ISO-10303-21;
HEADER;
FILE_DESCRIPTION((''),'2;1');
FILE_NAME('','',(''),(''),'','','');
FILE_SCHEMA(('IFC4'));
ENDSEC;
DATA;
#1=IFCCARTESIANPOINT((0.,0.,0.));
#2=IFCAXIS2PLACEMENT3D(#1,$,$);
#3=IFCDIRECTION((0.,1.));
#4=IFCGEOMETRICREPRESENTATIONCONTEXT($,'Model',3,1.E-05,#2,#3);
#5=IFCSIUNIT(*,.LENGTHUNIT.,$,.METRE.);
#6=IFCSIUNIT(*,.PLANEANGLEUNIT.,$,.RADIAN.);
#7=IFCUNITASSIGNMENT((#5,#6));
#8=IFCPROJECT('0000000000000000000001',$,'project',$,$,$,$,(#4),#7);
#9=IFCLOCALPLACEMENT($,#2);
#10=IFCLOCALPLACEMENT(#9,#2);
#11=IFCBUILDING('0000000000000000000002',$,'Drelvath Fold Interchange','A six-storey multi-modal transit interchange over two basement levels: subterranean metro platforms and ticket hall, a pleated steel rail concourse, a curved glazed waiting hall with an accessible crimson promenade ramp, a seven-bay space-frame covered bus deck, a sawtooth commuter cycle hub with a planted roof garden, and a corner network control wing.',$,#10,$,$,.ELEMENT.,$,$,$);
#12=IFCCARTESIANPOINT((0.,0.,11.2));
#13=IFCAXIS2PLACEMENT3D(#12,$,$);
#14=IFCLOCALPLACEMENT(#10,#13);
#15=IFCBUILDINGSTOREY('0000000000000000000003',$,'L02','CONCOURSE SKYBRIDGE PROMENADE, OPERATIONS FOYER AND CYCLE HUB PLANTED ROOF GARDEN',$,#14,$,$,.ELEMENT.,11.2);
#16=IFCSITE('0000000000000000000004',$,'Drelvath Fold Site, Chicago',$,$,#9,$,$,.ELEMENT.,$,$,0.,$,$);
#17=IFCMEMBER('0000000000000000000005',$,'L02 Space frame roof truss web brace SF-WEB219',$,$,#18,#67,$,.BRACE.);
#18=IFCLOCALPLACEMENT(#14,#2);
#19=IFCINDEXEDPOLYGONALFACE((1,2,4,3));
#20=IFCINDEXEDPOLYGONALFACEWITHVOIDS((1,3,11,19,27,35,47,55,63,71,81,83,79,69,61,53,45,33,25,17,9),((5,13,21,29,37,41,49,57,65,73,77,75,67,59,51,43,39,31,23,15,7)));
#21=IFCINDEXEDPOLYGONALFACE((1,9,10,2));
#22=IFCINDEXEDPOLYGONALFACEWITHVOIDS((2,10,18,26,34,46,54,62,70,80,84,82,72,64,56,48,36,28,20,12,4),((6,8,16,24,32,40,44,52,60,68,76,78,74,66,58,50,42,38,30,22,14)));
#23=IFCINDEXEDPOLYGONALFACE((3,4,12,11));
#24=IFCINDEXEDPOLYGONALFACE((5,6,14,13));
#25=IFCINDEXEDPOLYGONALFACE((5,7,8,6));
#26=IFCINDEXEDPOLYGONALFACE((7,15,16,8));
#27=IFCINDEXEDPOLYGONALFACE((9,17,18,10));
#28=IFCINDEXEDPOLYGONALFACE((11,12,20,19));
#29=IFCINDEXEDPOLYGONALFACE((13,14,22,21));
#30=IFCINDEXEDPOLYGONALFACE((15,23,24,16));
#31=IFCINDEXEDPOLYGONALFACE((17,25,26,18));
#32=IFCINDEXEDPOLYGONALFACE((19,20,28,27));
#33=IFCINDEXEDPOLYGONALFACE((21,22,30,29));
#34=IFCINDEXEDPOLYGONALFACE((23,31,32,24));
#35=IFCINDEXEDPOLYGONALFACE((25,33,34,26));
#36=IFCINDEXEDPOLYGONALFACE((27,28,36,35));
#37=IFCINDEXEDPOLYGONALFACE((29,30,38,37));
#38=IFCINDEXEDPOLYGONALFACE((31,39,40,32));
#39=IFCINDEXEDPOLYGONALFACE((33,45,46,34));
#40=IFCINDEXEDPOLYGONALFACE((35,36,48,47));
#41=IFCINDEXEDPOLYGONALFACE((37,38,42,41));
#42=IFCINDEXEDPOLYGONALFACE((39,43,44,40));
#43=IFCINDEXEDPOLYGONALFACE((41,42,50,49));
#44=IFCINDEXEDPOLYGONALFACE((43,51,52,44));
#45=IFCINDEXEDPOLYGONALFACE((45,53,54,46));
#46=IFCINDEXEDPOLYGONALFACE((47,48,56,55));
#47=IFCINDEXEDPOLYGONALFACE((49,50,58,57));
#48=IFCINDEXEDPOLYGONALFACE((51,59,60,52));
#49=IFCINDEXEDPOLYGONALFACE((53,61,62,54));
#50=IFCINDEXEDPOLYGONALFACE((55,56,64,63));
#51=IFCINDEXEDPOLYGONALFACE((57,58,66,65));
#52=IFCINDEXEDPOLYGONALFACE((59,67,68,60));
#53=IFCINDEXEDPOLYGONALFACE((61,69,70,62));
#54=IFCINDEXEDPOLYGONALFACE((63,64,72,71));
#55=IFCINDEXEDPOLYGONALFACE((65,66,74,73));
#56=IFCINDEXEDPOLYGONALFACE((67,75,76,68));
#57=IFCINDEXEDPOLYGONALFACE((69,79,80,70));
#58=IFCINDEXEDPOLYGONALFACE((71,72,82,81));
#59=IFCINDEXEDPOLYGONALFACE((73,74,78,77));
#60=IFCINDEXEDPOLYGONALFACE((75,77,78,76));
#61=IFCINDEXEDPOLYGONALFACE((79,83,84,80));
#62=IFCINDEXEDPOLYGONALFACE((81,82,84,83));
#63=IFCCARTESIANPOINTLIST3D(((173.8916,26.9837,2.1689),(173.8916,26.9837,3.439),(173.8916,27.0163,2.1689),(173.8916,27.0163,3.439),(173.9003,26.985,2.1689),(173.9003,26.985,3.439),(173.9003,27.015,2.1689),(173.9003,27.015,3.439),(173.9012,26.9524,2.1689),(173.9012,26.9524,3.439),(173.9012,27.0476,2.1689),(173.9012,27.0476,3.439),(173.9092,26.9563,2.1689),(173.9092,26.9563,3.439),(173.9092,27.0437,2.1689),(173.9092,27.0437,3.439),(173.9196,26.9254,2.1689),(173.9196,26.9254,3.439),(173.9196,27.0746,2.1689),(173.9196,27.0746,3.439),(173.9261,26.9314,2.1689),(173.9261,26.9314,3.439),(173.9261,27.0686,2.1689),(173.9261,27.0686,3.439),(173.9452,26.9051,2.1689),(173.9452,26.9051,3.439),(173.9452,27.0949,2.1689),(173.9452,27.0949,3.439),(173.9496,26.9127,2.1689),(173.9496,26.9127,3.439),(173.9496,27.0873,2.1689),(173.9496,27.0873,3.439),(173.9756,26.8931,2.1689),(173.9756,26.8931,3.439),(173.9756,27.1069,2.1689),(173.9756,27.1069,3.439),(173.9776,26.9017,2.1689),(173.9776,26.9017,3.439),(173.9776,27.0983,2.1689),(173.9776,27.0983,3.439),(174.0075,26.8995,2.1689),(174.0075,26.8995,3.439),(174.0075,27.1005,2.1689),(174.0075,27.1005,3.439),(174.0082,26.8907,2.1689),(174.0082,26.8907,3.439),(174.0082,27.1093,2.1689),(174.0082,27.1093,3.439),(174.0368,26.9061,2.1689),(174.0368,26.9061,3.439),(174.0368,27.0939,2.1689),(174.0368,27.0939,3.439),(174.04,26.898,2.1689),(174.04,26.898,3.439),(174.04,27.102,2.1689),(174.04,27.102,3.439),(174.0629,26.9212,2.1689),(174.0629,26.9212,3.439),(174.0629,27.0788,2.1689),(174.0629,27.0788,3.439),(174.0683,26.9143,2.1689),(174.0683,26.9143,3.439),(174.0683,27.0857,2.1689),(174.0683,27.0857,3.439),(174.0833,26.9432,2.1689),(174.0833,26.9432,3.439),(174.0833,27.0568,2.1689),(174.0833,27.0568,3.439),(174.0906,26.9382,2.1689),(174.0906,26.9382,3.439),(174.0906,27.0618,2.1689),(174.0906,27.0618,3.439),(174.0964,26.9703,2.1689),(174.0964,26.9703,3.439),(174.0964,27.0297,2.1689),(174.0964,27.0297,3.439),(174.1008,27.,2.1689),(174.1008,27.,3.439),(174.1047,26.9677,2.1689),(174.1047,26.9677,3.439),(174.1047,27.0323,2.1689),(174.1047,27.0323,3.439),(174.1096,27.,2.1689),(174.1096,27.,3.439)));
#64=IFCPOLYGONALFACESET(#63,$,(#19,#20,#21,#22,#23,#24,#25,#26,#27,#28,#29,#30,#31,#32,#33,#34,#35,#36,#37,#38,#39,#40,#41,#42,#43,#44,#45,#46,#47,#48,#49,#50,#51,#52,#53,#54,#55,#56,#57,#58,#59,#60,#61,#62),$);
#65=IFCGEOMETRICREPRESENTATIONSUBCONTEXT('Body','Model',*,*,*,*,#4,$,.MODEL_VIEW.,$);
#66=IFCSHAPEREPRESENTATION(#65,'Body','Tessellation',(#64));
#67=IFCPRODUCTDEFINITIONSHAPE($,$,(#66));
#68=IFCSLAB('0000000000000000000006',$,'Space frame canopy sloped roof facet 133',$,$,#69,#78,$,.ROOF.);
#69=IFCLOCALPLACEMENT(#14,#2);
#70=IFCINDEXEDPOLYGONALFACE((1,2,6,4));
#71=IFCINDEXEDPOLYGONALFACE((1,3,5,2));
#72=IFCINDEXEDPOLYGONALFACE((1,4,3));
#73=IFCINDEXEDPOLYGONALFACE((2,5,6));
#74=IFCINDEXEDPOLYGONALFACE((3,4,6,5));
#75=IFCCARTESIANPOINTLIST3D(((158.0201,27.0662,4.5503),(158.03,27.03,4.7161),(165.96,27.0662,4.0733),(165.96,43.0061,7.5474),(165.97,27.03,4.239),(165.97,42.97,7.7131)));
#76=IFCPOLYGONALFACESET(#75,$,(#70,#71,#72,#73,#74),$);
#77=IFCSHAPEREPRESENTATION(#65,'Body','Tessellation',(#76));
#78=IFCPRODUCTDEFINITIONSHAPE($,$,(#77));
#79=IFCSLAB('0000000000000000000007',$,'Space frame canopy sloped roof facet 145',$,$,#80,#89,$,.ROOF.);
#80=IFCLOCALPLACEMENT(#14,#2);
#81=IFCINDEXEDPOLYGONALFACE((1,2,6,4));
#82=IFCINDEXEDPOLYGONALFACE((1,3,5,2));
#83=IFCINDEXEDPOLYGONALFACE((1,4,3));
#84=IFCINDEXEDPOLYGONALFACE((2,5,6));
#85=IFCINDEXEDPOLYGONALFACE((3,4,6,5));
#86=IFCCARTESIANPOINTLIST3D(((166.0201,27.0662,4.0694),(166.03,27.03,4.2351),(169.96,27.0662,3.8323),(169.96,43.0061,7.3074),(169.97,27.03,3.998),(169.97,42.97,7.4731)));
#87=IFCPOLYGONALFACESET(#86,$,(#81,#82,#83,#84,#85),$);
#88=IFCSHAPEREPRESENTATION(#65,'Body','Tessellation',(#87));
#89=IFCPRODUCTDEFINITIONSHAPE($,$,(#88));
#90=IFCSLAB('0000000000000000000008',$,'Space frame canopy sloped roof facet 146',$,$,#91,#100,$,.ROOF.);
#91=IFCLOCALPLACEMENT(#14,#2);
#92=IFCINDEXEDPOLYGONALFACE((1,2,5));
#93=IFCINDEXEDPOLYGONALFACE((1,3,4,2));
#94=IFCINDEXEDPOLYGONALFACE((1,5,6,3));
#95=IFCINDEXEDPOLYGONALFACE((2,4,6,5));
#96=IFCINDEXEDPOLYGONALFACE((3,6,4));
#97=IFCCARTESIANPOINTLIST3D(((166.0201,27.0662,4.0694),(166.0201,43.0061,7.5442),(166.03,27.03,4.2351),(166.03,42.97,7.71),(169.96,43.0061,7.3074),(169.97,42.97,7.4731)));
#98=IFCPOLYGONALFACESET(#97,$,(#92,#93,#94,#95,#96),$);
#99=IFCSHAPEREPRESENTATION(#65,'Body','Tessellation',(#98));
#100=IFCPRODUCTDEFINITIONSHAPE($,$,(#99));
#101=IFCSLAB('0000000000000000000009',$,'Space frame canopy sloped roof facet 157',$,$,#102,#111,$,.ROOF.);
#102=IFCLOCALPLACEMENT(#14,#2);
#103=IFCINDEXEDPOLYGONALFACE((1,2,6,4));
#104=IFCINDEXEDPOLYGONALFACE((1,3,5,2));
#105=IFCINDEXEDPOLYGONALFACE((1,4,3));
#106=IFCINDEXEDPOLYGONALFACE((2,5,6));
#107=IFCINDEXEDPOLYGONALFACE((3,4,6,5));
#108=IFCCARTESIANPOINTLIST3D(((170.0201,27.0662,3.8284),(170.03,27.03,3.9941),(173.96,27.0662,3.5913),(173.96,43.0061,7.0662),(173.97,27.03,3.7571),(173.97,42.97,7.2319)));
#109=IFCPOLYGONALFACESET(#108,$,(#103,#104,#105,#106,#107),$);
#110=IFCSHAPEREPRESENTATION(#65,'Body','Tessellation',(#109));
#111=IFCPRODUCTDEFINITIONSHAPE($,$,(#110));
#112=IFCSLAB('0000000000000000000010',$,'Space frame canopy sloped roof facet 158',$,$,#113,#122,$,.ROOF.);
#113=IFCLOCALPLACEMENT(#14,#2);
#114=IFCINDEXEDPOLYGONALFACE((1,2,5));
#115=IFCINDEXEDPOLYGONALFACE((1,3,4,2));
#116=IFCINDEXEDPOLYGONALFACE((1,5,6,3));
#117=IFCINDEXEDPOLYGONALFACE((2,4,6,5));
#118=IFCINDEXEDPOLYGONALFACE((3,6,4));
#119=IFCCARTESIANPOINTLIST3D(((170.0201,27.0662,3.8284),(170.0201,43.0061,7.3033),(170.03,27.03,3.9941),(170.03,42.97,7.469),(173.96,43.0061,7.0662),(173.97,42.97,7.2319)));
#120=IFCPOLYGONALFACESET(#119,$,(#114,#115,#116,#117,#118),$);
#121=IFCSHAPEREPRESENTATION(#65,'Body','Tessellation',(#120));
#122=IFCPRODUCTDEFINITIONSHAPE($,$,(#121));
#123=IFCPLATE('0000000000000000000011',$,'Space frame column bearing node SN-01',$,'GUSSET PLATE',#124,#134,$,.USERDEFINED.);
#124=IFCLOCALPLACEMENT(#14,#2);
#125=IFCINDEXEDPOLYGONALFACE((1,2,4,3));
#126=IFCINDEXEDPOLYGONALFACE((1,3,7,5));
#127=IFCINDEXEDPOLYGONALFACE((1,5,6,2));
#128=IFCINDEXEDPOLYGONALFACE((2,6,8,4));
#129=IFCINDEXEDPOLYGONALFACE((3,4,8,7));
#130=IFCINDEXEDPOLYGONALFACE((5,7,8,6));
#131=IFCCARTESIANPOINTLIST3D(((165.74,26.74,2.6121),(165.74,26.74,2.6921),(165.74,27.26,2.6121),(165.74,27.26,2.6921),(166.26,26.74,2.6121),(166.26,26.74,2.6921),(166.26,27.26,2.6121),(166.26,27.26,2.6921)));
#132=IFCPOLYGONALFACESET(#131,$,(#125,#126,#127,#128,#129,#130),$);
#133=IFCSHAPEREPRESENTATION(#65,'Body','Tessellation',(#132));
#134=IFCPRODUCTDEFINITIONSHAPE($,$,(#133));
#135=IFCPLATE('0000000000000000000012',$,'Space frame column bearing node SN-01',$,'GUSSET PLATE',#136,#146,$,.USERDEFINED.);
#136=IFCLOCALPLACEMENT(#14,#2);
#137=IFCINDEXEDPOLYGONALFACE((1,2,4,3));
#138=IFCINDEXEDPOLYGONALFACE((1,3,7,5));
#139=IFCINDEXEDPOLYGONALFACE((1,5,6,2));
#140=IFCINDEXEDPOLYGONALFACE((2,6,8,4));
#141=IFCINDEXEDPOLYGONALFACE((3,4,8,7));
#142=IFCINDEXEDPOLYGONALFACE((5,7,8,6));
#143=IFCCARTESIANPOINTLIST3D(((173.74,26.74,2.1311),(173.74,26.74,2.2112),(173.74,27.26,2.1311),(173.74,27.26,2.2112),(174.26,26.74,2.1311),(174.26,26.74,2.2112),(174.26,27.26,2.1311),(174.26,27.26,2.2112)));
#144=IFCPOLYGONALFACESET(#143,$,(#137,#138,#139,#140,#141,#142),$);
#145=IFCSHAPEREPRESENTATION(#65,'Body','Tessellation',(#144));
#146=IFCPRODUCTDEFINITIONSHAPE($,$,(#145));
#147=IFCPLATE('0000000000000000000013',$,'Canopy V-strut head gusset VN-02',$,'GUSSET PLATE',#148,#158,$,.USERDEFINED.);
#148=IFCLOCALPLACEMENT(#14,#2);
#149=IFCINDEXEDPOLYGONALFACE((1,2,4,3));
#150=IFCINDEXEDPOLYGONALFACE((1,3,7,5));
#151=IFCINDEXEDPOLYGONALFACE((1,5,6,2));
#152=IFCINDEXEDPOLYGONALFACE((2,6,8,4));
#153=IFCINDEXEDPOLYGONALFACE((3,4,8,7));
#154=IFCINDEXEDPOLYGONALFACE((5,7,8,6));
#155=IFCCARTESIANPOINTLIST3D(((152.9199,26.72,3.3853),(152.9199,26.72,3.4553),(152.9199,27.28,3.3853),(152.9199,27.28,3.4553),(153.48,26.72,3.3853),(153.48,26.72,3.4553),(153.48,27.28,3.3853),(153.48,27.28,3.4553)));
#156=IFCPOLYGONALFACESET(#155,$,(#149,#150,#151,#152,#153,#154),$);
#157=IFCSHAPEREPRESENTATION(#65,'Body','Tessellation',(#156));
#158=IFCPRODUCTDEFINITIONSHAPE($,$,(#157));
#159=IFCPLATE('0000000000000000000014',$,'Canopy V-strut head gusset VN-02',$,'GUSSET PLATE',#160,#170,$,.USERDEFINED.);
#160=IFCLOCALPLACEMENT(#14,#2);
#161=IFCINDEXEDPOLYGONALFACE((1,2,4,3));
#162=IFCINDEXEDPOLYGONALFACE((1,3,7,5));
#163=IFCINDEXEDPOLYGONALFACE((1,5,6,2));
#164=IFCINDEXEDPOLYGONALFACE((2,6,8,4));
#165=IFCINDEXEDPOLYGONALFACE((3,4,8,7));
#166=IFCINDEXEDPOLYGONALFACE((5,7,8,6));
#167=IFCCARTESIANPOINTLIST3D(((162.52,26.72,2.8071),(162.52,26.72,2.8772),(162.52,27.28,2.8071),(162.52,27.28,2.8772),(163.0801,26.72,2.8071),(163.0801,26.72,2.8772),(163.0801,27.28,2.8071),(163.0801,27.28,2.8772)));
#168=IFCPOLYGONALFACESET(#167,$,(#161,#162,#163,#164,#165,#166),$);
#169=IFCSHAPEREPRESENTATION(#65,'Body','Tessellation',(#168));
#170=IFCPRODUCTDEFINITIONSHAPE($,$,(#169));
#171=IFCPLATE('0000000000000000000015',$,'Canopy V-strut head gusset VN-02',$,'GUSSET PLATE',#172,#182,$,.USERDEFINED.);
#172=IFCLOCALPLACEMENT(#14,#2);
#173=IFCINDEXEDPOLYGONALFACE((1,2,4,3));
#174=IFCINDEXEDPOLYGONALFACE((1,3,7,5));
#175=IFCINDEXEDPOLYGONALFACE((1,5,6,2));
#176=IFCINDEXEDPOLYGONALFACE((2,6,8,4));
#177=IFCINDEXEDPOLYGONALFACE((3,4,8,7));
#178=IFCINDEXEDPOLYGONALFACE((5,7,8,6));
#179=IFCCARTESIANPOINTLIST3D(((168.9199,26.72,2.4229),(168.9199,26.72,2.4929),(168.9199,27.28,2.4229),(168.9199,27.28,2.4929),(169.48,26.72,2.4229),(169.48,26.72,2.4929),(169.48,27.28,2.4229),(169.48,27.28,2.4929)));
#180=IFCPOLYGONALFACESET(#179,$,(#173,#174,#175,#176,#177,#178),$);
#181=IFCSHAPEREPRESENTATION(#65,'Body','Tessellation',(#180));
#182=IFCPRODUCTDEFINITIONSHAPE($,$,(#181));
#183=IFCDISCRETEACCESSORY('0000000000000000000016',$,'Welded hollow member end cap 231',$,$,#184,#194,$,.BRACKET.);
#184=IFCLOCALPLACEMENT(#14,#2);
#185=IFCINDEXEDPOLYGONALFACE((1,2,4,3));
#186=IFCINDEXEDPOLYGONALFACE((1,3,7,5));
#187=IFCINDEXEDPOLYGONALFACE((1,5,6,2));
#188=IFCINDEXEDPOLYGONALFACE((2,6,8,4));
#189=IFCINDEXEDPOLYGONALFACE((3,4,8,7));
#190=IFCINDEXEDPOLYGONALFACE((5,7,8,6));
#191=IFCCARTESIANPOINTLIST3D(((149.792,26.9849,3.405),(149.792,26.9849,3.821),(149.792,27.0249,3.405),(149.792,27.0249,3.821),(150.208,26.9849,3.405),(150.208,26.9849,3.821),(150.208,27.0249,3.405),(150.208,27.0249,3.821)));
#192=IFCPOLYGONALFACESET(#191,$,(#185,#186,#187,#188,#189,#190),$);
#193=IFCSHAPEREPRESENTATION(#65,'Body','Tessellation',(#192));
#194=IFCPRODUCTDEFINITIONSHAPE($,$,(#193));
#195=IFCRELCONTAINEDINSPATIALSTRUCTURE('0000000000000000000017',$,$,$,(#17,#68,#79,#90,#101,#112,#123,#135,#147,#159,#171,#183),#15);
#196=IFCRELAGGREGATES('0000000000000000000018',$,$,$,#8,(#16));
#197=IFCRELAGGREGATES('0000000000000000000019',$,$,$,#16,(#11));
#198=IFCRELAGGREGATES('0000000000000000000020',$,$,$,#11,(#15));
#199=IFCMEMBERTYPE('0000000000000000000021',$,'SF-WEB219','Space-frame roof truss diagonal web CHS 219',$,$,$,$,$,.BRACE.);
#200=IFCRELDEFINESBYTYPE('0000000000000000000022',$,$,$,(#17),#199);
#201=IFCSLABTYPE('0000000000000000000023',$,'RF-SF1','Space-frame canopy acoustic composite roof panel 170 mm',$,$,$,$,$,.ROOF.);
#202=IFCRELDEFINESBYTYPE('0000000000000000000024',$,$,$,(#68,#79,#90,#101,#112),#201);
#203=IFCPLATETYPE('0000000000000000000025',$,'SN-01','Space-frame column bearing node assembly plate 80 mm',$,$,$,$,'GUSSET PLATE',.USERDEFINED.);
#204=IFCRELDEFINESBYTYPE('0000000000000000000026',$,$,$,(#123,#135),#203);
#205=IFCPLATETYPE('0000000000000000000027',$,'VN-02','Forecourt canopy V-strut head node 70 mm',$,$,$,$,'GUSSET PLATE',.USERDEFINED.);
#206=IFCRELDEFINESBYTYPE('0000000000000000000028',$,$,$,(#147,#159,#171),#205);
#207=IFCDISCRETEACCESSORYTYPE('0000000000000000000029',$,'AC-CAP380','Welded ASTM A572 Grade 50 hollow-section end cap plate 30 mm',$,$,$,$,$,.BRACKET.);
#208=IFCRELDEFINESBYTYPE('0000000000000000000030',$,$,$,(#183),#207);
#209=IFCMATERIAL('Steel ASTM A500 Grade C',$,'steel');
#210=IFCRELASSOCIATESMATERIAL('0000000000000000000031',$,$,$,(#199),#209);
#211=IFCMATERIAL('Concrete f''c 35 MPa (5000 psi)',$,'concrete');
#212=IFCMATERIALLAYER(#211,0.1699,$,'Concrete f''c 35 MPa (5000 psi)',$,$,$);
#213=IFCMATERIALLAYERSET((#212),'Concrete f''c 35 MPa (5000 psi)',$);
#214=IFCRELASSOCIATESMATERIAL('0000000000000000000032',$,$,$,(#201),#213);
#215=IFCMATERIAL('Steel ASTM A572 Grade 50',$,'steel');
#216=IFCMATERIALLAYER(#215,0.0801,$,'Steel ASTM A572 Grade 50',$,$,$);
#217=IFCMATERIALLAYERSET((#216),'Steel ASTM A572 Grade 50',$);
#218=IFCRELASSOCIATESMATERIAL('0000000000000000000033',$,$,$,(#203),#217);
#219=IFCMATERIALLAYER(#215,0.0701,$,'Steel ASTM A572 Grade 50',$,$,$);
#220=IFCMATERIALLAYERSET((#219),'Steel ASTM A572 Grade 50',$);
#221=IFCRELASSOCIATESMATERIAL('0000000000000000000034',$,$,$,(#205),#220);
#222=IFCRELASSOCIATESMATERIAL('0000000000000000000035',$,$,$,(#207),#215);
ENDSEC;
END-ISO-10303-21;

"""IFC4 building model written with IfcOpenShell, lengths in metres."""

from ifc_helpers import new_model, si_unit, direction, frame, origin, origin_2d, place, context, subcontext, project, spatial, polyline, rectangle, hollow_circle, outline, extrude, material, layer, layer_set, material_profile, profile_set, type_object, element, save


model = new_model("IFC4")

# Units and contexts
model_context = context("Model", 3, precision=1e-05, world=origin(), true_north=direction((0.0, 1.0)))
body_context = subcontext(model_context, "Body", "Model", "MODEL_VIEW")
ifc_project = project(units=[si_unit("LENGTHUNIT", "METRE"), si_unit("PLANEANGLEUNIT", "RADIAN")], contexts=[model_context])

# Site, building, storey
site_placement = place(None, origin())
site = spatial("IfcSite", under=ifc_project, at=site_placement, Name="Drelvath Fold Site, Chicago", CompositionType="ELEMENT", RefElevation=0.0)
building_placement = place(site_placement, origin())
building = spatial("IfcBuilding", under=site, at=building_placement, Name="Drelvath Fold Interchange", Description="A six-storey multi-modal transit interchange over two basement levels: subterranean metro platforms and ticket hall, a pleated steel rail concourse, a curved glazed waiting hall with an accessible crimson promenade ramp, a seven-bay space-frame covered bus deck, a sawtooth commuter cycle hub with a planted roof garden, and a corner network control wing.", CompositionType="ELEMENT")
storey_placement = place(building_placement, frame((0.0, 0.0, 11.2)))
storey = spatial("IfcBuildingStorey", under=building, at=storey_placement, Name="L02", Description="CONCOURSE SKYBRIDGE PROMENADE, OPERATIONS FOYER AND CYCLE HUB PLANTED ROOF GARDEN", CompositionType="ELEMENT", Elevation=11.2)

# Shared definitions
ifc_material_1 = material(Name="Steel ASTM A500 Grade C", Category="steel")

# Member
ifc_material_profile_1 = material_profile(ifc_material_1, hollow_circle(Radius=0.1096, WallThickness=0.0088, at=origin_2d()), Name="HSS8.625X0.375")
ifc_profile_set_1 = profile_set([ifc_material_profile_1], Name="Steel ASTM A500 Grade C")
member_type_1 = type_object("IfcMemberType", Name="SF-WEB219", Description="Space-frame roof truss diagonal web CHS 219", PredefinedType="BRACE", material=ifc_profile_set_1)
member_1_placement = place(storey_placement, frame((174.0, 27.0, 2.1689), z_axis=(0.0, 0.0, 1.0), x_axis=(1.0, 0.0, 0.0)))
element("IfcMember", 1, at=member_1_placement, inside=storey, type_object=member_type_1, Name="L02 Space frame roof truss web brace SF-WEB219", PredefinedType="BRACE", context=body_context, shape_type="SweptSolid", body=[
    extrude(hollow_circle(Radius=0.1096, WallThickness=0.0088, at=origin_2d()), origin(), (0.0, 0.0, 1.0), 1.27),
])

# Slabs
ifc_material_2 = material(Name="Concrete f'c 35 MPa (5000 psi)", Category="concrete")
ifc_layer_1 = layer(ifc_material_2, 0.1699, Name="Concrete f'c 35 MPa (5000 psi)")
ifc_layer_set_1 = layer_set([ifc_layer_1], Name="Concrete f'c 35 MPa (5000 psi)")
slab_type = type_object("IfcSlabType", Name="RF-SF1", Description="Space-frame canopy acoustic composite roof panel 170 mm", PredefinedType="ROOF", material=ifc_layer_set_1)
slab_1_placement = place(storey_placement, frame((158.03, 27.03, 4.7161), z_axis=(0.058603, -0.212586, 0.975384), x_axis=(0.9982, 0.0, -0.059974)))
element("IfcSlab", 2, at=slab_1_placement, inside=storey, type_object=slab_type, Name="Space frame canopy sloped roof facet 133", PredefinedType="ROOF", context=body_context, shape_type="SweptSolid", body=[
    extrude(outline(polyline([(0.0, 0.0), (7.9543, 0.0), (7.7459, 16.3128), (0.0, 0.0)])), origin(), (0.0, 0.0, -1.0), 0.1699),
])
slab_2_placement = place(storey_placement, frame((166.03, 27.03, 4.2351), z_axis=(0.058686, -0.212642, 0.975366), x_axis=(0.998195, 0.0, -0.06006)))
element("IfcSlab", 3, at=slab_2_placement, inside=storey, type_object=slab_type, Name="Space frame canopy sloped roof facet 145", PredefinedType="ROOF", context=body_context, shape_type="SweptSolid", body=[
    extrude(outline(polyline([(0.0, 0.0), (3.9471, 0.0), (3.7384, 16.313), (0.0, 0.0)])), origin(), (0.0, 0.0, -1.0), 0.1699),
])
slab_3_placement = place(storey_placement, frame((166.03, 27.03, 4.2351), z_axis=(0.058626, -0.212628, 0.975373), x_axis=(0.235419, 0.952441, 0.193479)))
element("IfcSlab", 4, at=slab_3_placement, inside=storey, type_object=slab_type, Name="Space frame canopy sloped roof facet 146", PredefinedType="ROOF", context=body_context, shape_type="SweptSolid", body=[
    extrude(outline(polyline([(0.0, 0.0), (16.7359, 0.0), (15.8542, 3.8473), (0.0, 0.0)])), origin(), (0.0, 0.0, -1.0), 0.1699),
])
slab_4_placement = place(storey_placement, frame((170.03, 27.03, 3.9941), z_axis=(0.058687, -0.212627, 0.975369), x_axis=(0.998195, 0.0, -0.06006)))
element("IfcSlab", 5, at=slab_4_placement, inside=storey, type_object=slab_type, Name="Space frame canopy sloped roof facet 157", PredefinedType="ROOF", context=body_context, shape_type="SweptSolid", body=[
    extrude(outline(polyline([(0.0, 0.0), (3.9471, 0.0), (3.7384, 16.313), (0.0, 0.0)])), origin(), (0.0, 0.0, -1.0), 0.1699),
])
slab_5_placement = place(storey_placement, frame((170.03, 27.03, 3.9941), z_axis=(0.058687, -0.212627, 0.975369), x_axis=(0.235419, 0.952444, 0.193465)))
element("IfcSlab", 6, at=slab_5_placement, inside=storey, type_object=slab_type, Name="Space frame canopy sloped roof facet 158", PredefinedType="ROOF", context=body_context, shape_type="SweptSolid", body=[
    extrude(outline(polyline([(0.0, 0.0), (16.7358, 0.0), (15.8542, 3.8473), (0.0, 0.0)])), origin(), (0.0, 0.0, -1.0), 0.1699),
])

# Plates
ifc_material_3 = material(Name="Steel ASTM A572 Grade 50", Category="steel")
ifc_layer_2 = layer(ifc_material_3, 0.0801, Name="Steel ASTM A572 Grade 50")
ifc_layer_set_2 = layer_set([ifc_layer_2], Name="Steel ASTM A572 Grade 50")
plate_type_1 = type_object("IfcPlateType", Name="SN-01", Description="Space-frame column bearing node assembly plate 80 mm", ElementType="GUSSET PLATE", PredefinedType="USERDEFINED", material=ifc_layer_set_2)
for number, where, z_axis, x_axis, name in (
    (7, (166.0, 27.0, 2.6121), (0.0, 0.0, 1.0), (1.0, 0.0, 0.0), "Space frame column bearing node SN-01"),
    (8, (174.0, 27.0, 2.1311), (0.0, 0.0, 1.0), (1.0, 0.0, 0.0), "Space frame column bearing node SN-01"),
):
    element("IfcPlate", number, at=place(storey_placement, frame(where, z_axis=z_axis, x_axis=x_axis)), inside=storey, type_object=plate_type_1, Name=name, ObjectType="GUSSET PLATE", PredefinedType="USERDEFINED", context=body_context, shape_type="SweptSolid", body=[
        extrude(rectangle(XDim=0.52, YDim=0.52, at=origin_2d()), origin(), (0.0, 0.0, 1.0), 0.0801),
    ])
ifc_layer_3 = layer(ifc_material_3, 0.0701, Name="Steel ASTM A572 Grade 50")
ifc_layer_set_3 = layer_set([ifc_layer_3], Name="Steel ASTM A572 Grade 50")
plate_type_2 = type_object("IfcPlateType", Name="VN-02", Description="Forecourt canopy V-strut head node 70 mm", ElementType="GUSSET PLATE", PredefinedType="USERDEFINED", material=ifc_layer_set_3)
for number, where, z_axis, x_axis, name in (
    (9, (153.2, 27.0, 3.3853), (0.0, 0.0, 1.0), (1.0, 0.0, 0.0), "Canopy V-strut head gusset VN-02"),
    (10, (162.8, 27.0, 2.8071), (0.0, 0.0, 1.0), (1.0, 0.0, 0.0), "Canopy V-strut head gusset VN-02"),
    (11, (169.2, 27.0, 2.4229), (0.0, 0.0, 1.0), (1.0, 0.0, 0.0), "Canopy V-strut head gusset VN-02"),
):
    element("IfcPlate", number, at=place(storey_placement, frame(where, z_axis=z_axis, x_axis=x_axis)), inside=storey, type_object=plate_type_2, Name=name, ObjectType="GUSSET PLATE", PredefinedType="USERDEFINED", context=body_context, shape_type="SweptSolid", body=[
        extrude(rectangle(XDim=0.5601, YDim=0.5601, at=origin_2d()), origin(), (0.0, 0.0, 1.0), 0.0701),
    ])

# Discrete accessory
discrete_accessory_type = type_object("IfcDiscreteAccessoryType", Name="AC-CAP380", Description="Welded ASTM A572 Grade 50 hollow-section end cap plate 30 mm", PredefinedType="BRACKET", material=ifc_material_3)
for number, where, z_axis, x_axis, name in (
    (12, (150.0, 27.0049, 3.405), (0.0, 0.0, 1.0), (1.0, 0.0, 0.0), "Welded hollow member end cap 231"),
):
    element("IfcDiscreteAccessory", number, at=place(storey_placement, frame(where, z_axis=z_axis, x_axis=x_axis)), inside=storey, type_object=discrete_accessory_type, Name=name, PredefinedType="BRACKET", context=body_context, shape_type="SweptSolid", body=[
        extrude(rectangle(XDim=0.416, YDim=0.04, at=origin_2d()), origin(), (0.0, 0.0, 1.0), 0.416),
    ])

save(model, "model.ifc")
